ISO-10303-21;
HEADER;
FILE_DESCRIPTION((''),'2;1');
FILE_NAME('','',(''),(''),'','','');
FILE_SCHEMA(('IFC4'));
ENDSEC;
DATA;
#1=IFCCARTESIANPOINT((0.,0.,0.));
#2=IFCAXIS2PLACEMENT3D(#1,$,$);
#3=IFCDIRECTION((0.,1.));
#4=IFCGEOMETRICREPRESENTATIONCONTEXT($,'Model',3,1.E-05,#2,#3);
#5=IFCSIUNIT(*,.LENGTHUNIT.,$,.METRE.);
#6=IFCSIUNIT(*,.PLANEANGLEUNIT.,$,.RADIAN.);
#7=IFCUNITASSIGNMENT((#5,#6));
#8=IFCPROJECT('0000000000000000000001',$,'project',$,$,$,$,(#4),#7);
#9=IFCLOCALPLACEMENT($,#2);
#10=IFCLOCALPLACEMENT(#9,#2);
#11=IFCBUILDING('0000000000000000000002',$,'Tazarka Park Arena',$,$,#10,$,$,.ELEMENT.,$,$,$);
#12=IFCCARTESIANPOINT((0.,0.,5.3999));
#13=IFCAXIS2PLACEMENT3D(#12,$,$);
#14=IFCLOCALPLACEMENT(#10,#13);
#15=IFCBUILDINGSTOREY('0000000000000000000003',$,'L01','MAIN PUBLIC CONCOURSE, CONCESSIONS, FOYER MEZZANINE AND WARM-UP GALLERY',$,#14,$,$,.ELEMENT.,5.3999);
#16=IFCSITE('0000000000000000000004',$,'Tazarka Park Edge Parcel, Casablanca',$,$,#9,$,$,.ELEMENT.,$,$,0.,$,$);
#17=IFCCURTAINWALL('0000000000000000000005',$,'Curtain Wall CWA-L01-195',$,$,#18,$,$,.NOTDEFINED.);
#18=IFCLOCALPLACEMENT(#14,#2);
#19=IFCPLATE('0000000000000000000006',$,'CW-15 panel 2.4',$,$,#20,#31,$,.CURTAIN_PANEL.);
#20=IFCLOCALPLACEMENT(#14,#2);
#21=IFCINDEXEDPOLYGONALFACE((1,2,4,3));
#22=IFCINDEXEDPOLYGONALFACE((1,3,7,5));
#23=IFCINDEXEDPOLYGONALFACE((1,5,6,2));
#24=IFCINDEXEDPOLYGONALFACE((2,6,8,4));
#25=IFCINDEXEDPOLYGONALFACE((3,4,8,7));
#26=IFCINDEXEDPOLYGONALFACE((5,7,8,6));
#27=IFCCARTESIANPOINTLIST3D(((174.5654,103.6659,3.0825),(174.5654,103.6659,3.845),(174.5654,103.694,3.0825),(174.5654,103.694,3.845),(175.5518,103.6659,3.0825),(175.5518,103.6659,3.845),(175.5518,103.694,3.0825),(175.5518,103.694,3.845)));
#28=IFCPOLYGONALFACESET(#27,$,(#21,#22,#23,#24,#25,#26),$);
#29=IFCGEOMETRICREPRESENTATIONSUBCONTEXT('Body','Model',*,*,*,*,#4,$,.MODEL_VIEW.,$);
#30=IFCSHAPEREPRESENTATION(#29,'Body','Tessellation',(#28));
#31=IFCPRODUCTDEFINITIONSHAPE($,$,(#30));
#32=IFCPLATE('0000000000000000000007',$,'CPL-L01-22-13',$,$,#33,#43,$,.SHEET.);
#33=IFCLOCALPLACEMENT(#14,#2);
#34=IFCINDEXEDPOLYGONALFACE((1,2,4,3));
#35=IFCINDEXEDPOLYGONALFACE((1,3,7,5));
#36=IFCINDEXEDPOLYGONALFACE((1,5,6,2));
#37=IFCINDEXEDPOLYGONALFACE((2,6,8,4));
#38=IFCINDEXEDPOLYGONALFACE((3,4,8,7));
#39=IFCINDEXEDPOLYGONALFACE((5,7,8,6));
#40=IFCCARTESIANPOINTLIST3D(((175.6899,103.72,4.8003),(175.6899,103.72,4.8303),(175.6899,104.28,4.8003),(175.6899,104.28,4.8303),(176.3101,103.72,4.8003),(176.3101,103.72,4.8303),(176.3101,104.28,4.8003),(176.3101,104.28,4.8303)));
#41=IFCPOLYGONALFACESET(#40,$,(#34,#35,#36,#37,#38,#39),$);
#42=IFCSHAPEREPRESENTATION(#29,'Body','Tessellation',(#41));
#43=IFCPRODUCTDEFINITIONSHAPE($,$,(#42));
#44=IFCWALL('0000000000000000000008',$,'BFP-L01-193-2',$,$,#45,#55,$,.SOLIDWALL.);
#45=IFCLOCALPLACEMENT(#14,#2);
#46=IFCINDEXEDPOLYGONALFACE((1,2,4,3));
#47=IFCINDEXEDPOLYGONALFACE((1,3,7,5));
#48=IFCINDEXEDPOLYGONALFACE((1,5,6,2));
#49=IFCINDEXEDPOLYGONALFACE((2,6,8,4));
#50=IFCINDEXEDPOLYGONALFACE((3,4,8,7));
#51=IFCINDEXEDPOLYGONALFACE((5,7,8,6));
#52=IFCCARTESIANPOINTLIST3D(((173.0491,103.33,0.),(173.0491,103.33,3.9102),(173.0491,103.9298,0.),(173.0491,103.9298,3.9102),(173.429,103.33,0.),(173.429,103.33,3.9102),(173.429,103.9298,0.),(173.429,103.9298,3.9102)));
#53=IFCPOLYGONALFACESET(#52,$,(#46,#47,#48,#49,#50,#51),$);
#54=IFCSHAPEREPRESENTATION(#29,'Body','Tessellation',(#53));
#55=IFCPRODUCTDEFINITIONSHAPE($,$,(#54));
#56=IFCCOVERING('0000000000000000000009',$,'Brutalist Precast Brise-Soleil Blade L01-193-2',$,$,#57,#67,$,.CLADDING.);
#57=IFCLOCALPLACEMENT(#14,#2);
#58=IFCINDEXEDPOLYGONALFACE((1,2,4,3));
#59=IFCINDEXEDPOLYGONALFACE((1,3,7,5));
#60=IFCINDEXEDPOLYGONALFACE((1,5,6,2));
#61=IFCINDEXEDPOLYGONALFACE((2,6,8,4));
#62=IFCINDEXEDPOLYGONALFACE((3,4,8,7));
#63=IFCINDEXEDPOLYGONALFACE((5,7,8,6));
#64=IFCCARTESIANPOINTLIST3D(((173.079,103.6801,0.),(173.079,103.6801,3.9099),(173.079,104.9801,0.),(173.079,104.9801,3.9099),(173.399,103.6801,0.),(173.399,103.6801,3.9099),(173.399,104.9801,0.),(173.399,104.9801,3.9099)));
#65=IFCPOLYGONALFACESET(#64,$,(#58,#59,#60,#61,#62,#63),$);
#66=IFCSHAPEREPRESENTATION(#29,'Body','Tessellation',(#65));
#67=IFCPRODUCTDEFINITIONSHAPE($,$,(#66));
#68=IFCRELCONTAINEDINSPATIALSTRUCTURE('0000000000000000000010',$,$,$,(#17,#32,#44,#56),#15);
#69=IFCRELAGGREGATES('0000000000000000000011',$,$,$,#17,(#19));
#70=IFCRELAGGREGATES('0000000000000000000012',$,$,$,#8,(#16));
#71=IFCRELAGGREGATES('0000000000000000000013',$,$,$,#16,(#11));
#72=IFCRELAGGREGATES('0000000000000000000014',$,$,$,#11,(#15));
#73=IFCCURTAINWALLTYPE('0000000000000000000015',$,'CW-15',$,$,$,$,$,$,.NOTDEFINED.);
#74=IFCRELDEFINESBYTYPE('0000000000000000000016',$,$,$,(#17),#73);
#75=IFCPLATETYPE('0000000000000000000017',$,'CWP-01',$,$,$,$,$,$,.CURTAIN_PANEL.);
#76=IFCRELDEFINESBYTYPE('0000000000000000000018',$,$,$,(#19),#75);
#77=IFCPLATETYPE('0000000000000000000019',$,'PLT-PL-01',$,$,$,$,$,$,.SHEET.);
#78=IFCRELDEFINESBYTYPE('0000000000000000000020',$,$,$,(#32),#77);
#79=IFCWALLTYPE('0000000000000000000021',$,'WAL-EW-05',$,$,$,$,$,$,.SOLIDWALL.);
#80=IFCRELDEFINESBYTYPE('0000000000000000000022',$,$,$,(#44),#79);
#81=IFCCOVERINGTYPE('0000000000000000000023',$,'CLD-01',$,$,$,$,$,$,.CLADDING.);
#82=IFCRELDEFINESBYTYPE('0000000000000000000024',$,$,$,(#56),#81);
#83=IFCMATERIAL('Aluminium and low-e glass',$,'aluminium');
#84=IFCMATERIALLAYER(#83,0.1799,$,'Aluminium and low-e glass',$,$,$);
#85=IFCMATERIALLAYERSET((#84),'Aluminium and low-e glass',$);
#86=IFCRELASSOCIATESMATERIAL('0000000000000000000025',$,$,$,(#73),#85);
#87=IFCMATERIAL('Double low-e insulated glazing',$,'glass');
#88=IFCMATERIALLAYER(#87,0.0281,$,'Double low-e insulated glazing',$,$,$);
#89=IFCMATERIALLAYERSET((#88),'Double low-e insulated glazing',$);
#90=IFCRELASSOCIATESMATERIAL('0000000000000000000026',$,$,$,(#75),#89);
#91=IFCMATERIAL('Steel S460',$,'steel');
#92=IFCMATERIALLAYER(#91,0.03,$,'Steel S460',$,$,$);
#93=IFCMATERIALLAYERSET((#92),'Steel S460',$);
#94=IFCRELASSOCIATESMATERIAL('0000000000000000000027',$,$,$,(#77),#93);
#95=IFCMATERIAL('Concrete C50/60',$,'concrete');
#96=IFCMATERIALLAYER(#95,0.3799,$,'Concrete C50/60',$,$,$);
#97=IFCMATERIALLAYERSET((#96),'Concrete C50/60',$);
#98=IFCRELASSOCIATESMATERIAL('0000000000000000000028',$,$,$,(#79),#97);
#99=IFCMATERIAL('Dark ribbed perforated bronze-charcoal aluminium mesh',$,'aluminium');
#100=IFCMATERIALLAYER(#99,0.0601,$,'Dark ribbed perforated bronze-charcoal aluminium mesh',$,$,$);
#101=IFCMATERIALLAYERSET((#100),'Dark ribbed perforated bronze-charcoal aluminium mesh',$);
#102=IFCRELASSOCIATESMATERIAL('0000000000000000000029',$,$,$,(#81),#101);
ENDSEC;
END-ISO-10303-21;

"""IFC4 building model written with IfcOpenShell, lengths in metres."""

from ifc_helpers import new_model, si_unit, direction, frame, frame_2d, origin, origin_2d, place, context, subcontext, project, spatial, rectangle, extrude, material, layer, layer_set, type_object, element, aggregate, save


model = new_model("IFC4")

# Units and contexts
model_context = context("Model", 3, precision=1e-05, world=origin(), true_north=direction((0.0, 1.0)))
body_context = subcontext(model_context, "Body", "Model", "MODEL_VIEW")
ifc_project = project(units=[si_unit("LENGTHUNIT", "METRE"), si_unit("PLANEANGLEUNIT", "RADIAN")], contexts=[model_context])

# Site, building, storey
site_placement = place(None, origin())
site = spatial("IfcSite", under=ifc_project, at=site_placement, Name="Tazarka Park Edge Parcel, Casablanca", CompositionType="ELEMENT", RefElevation=0.0)
building_placement = place(site_placement, origin())
building = spatial("IfcBuilding", under=site, at=building_placement, Name="Tazarka Park Arena", CompositionType="ELEMENT")
storey_placement = place(building_placement, frame((0.0, 0.0, 5.3999)))
storey = spatial("IfcBuildingStorey", under=building, at=storey_placement, Name="L01", Description="MAIN PUBLIC CONCOURSE, CONCESSIONS, FOYER MEZZANINE AND WARM-UP GALLERY", CompositionType="ELEMENT", Elevation=5.3999)

# Curtain wall
ifc_material_1 = material(Name="Aluminium and low-e glass", Category="aluminium")
ifc_layer_1 = layer(ifc_material_1, 0.1799, Name="Aluminium and low-e glass")
ifc_layer_set_1 = layer_set([ifc_layer_1], Name="Aluminium and low-e glass")
curtain_wall_type_1 = type_object("IfcCurtainWallType", Name="CW-15", PredefinedType="NOTDEFINED", material=ifc_layer_set_1)
curtain_wall_1_placement = place(storey_placement, origin())
curtain_wall_1 = element("IfcCurtainWall", 1, at=curtain_wall_1_placement, inside=storey, type_object=curtain_wall_type_1, Name="Curtain Wall CWA-L01-195", PredefinedType="NOTDEFINED")

# Plates
ifc_material_2 = material(Name="Double low-e insulated glazing", Category="glass")
ifc_layer_2 = layer(ifc_material_2, 0.0281, Name="Double low-e insulated glazing")
ifc_layer_set_2 = layer_set([ifc_layer_2], Name="Double low-e insulated glazing")
plate_type_1 = type_object("IfcPlateType", Name="CWP-01", PredefinedType="CURTAIN_PANEL", material=ifc_layer_set_2)
plate_1_placement = place(storey_placement, frame((175.0586, 103.6799, 3.0825), z_axis=(0.0, 0.0, 1.0), x_axis=(1.0, 0.0, 0.0)))
plate_1 = element("IfcPlate", 2, at=plate_1_placement, type_object=plate_type_1, Name="CW-15 panel 2.4", PredefinedType="CURTAIN_PANEL", context=body_context, shape_type="SweptSolid", body=[
    extrude(rectangle(XDim=0.9863, YDim=0.0281, at=origin_2d()), origin(), (0.0, 0.0, 1.0), 0.7625),
])
aggregate(curtain_wall_1, [plate_1])
ifc_material_3 = material(Name="Steel S460", Category="steel")
ifc_layer_3 = layer(ifc_material_3, 0.03, Name="Steel S460")
ifc_layer_set_3 = layer_set([ifc_layer_3], Name="Steel S460")
plate_type_2 = type_object("IfcPlateType", Name="PLT-PL-01", PredefinedType="SHEET", material=ifc_layer_set_3)
plate_2_placement = place(storey_placement, frame((176.0, 104.0, 4.8003), z_axis=(0.0, 0.0, 1.0), x_axis=(1.0, 0.0, 0.0)))
element("IfcPlate", 3, at=plate_2_placement, inside=storey, type_object=plate_type_2, Name="CPL-L01-22-13", PredefinedType="SHEET", context=body_context, shape_type="SweptSolid", body=[
    extrude(rectangle(XDim=0.6201, YDim=0.5601, at=origin_2d()), origin(), (0.0, 0.0, 1.0), 0.03),
])

# Wall
ifc_material_4 = material(Name="Concrete C50/60", Category="concrete")
ifc_layer_4 = layer(ifc_material_4, 0.3799, Name="Concrete C50/60")
ifc_layer_set_4 = layer_set([ifc_layer_4], Name="Concrete C50/60")
wall_type = type_object("IfcWallType", Name="WAL-EW-05", PredefinedType="SOLIDWALL", material=ifc_layer_set_4)
wall_placement = place(storey_placement, frame((173.239, 103.3301, 0.0), z_axis=(0.0, 0.0, 1.0), x_axis=(0.0, 1.0, 0.0)))
element("IfcWall", 4, at=wall_placement, inside=storey, type_object=wall_type, Name="BFP-L01-193-2", PredefinedType="SOLIDWALL", context=body_context, shape_type="SweptSolid", body=[
    extrude(rectangle(XDim=0.5999, YDim=0.3799, at=frame_2d((0.2998, 0.0))), origin(), (0.0, 0.0, 1.0), 3.9102),
])

# Covering
ifc_material_5 = material(Name="Dark ribbed perforated bronze-charcoal aluminium mesh", Category="aluminium")
ifc_layer_5 = layer(ifc_material_5, 0.0601, Name="Dark ribbed perforated bronze-charcoal aluminium mesh")
ifc_layer_set_5 = layer_set([ifc_layer_5], Name="Dark ribbed perforated bronze-charcoal aluminium mesh")
covering_type = type_object("IfcCoveringType", Name="CLD-01", PredefinedType="CLADDING", material=ifc_layer_set_5)
covering_placement = place(storey_placement, frame((173.239, 104.3301, 0.0), z_axis=(0.0, 0.0, 1.0), x_axis=(1.0, 0.0, 0.0)))
element("IfcCovering", 5, at=covering_placement, inside=storey, type_object=covering_type, Name="Brutalist Precast Brise-Soleil Blade L01-193-2", PredefinedType="CLADDING", context=body_context, shape_type="SweptSolid", body=[
    extrude(rectangle(XDim=0.3201, YDim=1.3, at=origin_2d()), origin(), (0.0, 0.0, 1.0), 3.9099),
])

save(model, "model.ifc")
